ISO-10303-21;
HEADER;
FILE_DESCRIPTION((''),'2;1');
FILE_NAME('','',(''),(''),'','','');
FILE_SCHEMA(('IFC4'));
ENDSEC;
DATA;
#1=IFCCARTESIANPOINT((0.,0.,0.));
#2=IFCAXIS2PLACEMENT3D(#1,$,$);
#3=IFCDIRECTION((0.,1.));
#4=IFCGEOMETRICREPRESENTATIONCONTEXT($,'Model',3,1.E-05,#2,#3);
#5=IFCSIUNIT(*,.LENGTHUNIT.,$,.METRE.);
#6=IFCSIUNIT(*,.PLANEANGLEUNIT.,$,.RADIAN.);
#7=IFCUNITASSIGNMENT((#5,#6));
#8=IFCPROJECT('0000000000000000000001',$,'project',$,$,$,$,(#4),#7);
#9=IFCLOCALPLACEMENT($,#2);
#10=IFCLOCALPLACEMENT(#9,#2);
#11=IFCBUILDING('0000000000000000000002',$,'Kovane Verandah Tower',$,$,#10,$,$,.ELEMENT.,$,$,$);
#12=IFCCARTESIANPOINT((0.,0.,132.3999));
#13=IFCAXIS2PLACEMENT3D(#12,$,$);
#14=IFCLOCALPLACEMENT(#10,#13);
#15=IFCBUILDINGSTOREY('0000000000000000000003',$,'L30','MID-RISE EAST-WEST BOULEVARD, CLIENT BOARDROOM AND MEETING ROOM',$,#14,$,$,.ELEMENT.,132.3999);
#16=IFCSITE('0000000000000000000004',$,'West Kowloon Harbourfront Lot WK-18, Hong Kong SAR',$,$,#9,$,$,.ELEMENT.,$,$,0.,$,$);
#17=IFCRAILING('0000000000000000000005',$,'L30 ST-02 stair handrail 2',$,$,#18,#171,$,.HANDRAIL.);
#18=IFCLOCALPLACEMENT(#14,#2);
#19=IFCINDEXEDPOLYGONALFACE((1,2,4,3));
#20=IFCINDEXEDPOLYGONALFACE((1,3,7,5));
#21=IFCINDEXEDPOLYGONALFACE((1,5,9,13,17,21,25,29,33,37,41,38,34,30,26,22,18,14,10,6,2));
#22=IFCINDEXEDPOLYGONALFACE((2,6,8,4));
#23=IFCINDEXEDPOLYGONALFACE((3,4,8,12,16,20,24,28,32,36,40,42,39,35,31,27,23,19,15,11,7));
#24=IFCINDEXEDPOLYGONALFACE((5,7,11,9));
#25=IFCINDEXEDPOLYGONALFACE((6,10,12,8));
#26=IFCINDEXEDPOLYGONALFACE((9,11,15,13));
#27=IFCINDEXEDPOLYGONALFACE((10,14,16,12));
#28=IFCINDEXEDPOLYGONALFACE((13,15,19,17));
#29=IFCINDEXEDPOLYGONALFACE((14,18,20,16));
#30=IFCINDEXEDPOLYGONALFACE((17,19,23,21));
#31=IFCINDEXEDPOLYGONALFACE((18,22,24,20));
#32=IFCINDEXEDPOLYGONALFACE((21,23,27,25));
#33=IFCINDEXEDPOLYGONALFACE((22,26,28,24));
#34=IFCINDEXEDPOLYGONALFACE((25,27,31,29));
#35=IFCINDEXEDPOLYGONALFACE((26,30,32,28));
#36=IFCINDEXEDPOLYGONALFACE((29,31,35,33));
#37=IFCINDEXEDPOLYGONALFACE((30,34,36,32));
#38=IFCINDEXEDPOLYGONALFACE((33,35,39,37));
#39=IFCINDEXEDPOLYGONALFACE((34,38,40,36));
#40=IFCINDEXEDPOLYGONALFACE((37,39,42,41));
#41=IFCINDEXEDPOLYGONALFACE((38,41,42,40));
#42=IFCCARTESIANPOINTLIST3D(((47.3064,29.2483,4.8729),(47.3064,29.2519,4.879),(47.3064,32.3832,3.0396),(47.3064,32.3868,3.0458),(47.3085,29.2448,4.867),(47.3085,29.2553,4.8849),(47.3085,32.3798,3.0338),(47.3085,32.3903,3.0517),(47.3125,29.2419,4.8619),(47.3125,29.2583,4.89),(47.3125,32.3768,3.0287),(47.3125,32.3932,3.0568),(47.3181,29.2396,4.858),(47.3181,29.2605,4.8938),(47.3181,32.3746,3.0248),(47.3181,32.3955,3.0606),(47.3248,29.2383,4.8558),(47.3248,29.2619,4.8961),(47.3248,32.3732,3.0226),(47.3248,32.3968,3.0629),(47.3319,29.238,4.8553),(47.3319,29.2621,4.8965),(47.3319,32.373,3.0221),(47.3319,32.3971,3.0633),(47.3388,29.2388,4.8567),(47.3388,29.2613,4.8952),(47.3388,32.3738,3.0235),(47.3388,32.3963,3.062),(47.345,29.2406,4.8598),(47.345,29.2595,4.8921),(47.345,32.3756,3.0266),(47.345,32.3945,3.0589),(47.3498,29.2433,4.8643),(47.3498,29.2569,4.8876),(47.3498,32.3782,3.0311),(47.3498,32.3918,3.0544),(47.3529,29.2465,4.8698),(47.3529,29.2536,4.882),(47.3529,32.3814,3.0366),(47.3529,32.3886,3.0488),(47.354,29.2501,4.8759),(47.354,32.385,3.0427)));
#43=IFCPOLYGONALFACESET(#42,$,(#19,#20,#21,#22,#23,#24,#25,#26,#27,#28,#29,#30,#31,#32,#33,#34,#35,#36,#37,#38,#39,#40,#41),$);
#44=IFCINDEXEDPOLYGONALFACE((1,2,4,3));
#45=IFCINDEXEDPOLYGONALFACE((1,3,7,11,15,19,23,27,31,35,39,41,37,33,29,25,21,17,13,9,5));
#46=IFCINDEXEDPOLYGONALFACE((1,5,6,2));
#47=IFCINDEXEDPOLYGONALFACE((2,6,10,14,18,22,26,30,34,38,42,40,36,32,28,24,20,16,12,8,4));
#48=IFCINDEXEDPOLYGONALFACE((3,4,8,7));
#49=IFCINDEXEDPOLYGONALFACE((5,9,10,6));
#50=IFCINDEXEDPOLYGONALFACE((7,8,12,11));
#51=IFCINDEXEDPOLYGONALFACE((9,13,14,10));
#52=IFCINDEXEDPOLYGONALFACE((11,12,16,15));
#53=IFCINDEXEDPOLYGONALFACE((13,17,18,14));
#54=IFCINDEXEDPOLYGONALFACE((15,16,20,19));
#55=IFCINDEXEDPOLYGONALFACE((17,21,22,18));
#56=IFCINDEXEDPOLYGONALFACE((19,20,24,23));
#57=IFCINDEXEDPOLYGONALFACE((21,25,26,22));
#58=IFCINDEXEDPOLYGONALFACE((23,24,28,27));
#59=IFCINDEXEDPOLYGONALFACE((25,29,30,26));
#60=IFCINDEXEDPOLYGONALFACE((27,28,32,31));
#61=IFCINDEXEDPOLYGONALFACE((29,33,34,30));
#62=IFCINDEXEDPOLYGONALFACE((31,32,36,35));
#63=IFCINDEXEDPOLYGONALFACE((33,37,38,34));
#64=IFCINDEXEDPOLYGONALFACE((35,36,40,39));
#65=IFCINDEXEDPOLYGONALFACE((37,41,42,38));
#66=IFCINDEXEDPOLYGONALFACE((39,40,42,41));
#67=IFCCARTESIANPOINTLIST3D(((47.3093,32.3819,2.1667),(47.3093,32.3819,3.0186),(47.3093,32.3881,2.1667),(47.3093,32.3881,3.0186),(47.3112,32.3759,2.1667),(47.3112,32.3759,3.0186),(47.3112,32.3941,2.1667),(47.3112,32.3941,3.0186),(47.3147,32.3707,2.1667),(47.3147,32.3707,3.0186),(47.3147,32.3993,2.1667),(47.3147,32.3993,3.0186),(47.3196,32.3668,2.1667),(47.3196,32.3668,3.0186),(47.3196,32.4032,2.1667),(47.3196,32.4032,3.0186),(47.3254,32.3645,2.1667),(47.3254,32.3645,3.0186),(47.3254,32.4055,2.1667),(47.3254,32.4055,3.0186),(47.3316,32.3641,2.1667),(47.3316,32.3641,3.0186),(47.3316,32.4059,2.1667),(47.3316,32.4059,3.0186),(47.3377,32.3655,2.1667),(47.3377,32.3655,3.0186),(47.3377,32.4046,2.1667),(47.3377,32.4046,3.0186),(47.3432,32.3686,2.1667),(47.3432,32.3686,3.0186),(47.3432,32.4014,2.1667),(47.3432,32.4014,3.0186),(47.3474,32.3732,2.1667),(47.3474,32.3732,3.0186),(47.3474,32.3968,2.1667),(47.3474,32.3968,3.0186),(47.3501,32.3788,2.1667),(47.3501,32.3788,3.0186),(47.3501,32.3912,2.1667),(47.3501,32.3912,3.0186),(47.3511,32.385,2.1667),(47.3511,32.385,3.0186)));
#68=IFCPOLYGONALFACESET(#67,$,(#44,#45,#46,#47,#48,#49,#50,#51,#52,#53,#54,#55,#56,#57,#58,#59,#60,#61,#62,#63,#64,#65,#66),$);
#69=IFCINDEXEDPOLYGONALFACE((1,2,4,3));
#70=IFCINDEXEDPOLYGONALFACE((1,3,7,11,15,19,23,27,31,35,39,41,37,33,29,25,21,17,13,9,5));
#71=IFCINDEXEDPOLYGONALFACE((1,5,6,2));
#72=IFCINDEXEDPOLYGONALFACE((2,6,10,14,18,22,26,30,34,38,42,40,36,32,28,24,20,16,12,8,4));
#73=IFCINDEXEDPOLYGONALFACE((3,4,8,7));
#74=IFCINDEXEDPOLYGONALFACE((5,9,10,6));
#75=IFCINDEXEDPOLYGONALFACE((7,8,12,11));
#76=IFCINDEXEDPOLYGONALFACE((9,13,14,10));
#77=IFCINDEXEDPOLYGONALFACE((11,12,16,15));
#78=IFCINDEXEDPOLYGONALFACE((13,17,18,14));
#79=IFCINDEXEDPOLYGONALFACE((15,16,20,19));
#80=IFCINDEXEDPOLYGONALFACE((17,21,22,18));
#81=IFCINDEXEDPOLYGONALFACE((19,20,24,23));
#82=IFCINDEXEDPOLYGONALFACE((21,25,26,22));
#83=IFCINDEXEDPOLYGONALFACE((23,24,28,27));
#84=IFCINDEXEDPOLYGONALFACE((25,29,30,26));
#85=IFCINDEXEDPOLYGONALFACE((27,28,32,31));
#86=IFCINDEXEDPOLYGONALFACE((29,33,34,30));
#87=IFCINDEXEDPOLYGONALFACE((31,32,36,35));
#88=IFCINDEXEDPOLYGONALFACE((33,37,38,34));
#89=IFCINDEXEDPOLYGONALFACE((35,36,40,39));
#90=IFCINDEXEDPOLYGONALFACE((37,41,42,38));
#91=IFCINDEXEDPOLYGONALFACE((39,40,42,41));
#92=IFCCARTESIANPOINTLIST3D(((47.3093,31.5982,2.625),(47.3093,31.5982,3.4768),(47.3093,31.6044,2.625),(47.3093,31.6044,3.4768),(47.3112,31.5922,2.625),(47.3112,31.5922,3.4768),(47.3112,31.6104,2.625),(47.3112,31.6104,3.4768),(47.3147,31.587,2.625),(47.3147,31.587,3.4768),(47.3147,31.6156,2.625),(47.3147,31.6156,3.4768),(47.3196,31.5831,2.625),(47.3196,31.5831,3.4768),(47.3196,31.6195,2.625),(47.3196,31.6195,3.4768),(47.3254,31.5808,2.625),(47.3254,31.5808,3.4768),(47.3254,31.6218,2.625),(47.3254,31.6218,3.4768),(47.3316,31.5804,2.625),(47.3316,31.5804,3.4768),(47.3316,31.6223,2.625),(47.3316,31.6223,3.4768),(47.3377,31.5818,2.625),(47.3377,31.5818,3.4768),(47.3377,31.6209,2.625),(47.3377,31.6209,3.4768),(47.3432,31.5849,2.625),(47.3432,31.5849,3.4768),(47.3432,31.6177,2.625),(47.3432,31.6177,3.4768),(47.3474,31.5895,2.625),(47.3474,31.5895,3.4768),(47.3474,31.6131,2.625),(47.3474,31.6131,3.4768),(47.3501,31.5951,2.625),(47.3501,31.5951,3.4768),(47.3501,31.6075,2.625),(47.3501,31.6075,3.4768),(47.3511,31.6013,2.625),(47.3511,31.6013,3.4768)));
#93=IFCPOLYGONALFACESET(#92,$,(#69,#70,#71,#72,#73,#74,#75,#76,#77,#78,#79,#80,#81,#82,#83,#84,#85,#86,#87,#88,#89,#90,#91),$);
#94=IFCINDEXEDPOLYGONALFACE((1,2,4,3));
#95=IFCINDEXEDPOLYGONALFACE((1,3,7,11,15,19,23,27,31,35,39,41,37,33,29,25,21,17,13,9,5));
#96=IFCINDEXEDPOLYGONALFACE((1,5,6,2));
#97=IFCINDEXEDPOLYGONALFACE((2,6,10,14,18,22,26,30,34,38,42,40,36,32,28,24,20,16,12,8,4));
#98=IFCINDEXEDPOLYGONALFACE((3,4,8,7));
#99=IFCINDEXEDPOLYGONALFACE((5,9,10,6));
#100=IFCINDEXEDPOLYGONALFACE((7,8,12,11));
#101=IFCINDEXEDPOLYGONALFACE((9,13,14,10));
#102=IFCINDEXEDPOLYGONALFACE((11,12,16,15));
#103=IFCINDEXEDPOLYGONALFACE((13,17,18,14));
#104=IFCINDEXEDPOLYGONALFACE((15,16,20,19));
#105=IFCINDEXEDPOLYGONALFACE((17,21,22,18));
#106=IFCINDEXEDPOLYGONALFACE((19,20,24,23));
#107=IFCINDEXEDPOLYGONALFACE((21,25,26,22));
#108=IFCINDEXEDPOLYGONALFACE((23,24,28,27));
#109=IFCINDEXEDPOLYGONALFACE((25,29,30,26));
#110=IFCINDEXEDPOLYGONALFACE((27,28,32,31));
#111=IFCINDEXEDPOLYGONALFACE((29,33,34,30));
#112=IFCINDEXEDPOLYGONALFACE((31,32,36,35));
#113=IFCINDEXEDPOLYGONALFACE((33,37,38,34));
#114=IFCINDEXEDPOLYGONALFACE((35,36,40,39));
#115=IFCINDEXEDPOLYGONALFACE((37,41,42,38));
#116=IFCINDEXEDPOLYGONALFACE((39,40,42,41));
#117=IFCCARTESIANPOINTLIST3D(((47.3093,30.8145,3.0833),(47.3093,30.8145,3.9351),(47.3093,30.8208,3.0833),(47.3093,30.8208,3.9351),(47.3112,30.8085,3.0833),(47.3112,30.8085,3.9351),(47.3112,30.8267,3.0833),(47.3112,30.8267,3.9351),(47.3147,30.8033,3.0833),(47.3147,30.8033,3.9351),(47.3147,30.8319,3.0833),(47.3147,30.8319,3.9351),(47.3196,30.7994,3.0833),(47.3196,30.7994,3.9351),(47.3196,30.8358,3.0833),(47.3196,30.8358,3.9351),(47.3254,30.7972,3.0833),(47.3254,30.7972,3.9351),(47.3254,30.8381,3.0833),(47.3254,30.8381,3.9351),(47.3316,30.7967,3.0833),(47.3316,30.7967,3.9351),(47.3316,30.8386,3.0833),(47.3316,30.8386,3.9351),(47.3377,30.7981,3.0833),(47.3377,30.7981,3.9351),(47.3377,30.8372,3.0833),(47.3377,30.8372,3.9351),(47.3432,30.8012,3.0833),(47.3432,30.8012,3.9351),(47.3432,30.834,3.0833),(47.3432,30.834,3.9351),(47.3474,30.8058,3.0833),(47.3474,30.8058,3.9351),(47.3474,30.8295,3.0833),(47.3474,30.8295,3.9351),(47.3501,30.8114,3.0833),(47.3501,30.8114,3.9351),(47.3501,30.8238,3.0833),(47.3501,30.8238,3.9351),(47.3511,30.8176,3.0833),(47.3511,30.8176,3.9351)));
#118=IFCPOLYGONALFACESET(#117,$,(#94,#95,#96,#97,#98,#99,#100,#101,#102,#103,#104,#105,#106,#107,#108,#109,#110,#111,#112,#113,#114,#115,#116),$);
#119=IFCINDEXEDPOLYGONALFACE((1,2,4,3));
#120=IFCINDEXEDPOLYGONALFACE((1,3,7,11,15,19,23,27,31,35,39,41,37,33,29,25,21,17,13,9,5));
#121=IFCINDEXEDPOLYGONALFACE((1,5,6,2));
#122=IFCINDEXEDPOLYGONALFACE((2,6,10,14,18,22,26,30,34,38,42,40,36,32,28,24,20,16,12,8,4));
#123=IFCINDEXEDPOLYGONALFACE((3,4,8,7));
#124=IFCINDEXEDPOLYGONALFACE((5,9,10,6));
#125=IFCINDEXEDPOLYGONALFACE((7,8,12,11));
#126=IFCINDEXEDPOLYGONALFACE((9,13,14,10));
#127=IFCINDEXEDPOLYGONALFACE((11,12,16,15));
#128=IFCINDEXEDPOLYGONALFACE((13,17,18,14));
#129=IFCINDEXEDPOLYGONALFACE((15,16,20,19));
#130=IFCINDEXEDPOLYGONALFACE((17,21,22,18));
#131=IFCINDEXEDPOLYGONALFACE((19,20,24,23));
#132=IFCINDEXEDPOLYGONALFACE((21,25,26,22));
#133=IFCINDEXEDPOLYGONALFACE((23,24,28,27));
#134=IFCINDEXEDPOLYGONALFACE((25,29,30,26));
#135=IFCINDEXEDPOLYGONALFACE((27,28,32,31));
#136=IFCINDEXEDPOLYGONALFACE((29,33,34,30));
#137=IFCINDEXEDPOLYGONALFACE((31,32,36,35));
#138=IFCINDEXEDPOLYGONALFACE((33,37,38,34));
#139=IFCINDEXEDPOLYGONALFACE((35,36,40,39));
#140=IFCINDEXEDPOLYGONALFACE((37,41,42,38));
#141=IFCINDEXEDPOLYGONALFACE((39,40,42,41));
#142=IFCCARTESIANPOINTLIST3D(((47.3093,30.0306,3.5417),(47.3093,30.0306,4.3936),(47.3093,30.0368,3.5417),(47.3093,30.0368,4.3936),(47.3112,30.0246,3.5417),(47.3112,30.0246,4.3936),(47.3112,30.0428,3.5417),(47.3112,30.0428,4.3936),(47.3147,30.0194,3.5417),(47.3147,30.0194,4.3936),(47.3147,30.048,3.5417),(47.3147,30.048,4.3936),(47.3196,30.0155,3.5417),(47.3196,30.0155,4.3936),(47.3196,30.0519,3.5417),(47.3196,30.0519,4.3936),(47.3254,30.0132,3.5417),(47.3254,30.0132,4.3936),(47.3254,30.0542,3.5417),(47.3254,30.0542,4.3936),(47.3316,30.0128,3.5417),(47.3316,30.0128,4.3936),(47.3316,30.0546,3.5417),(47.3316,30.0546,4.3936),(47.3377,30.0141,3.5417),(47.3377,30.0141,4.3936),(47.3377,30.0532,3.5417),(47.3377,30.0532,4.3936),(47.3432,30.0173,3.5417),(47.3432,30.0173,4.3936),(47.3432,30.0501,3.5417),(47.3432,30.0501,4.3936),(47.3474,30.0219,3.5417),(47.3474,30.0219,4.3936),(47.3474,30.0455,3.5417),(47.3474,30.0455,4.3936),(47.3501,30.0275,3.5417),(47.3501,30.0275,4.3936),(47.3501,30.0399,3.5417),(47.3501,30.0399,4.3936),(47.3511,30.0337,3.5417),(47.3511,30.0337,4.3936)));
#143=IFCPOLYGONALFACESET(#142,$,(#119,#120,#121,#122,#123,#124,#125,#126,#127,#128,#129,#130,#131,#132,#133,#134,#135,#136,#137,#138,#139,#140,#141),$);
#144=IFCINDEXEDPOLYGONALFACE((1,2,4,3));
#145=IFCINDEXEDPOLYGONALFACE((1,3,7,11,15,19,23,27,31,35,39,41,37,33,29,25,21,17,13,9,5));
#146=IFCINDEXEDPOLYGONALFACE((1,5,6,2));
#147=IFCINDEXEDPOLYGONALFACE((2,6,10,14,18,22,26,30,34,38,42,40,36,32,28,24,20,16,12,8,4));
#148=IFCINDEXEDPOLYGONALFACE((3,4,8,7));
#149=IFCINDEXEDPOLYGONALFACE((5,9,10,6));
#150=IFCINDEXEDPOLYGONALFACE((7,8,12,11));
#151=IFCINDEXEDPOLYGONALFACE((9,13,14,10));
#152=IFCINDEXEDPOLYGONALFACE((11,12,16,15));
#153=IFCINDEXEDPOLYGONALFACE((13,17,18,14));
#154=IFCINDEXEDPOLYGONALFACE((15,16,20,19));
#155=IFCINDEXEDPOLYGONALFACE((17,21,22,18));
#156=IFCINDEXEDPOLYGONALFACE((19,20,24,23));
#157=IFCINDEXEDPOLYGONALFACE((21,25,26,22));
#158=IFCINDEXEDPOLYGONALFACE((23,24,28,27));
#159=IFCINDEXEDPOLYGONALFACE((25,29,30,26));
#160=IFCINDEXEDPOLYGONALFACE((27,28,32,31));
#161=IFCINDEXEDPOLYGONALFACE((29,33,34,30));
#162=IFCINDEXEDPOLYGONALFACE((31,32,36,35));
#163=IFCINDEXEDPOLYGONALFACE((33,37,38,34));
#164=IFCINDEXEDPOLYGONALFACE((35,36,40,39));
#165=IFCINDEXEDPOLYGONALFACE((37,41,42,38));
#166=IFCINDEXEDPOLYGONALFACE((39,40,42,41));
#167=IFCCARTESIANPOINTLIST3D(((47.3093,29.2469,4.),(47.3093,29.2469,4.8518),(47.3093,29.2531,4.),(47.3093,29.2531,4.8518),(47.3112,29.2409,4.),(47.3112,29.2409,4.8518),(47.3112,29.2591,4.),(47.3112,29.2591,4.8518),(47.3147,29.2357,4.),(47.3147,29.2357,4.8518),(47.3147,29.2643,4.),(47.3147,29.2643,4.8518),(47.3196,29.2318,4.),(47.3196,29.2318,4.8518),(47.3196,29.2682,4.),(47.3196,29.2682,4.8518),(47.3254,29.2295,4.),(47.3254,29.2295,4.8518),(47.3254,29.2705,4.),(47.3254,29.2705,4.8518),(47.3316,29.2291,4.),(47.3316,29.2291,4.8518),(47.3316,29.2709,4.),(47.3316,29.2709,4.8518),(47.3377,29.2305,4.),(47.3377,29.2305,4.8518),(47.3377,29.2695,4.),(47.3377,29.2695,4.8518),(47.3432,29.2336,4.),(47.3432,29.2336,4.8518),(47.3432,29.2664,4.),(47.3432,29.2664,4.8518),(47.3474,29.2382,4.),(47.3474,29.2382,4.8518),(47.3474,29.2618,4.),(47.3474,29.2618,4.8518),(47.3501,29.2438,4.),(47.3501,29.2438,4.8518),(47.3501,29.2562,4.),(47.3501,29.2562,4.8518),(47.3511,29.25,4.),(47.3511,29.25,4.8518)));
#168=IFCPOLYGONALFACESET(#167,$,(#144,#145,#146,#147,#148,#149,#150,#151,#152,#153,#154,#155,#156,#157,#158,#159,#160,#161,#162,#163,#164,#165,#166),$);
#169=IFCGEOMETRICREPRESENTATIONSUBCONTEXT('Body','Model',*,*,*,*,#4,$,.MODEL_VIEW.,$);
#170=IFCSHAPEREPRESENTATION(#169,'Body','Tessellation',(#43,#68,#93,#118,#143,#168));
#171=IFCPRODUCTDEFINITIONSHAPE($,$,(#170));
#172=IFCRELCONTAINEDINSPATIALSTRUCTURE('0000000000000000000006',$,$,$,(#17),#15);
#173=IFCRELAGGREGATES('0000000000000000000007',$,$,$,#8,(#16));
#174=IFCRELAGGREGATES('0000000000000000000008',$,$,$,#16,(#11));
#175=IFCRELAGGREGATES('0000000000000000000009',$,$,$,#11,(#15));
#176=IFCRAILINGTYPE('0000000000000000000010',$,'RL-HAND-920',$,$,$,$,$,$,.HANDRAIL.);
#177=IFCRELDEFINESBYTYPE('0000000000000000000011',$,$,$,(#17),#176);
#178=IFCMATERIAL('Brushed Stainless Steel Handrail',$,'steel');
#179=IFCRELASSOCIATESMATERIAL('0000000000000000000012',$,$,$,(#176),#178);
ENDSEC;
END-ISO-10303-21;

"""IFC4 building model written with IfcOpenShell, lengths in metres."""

from ifc_helpers import new_model, si_unit, direction, frame, origin, origin_2d, place, context, subcontext, project, spatial, circle, extrude, material, type_object, element, save


model = new_model("IFC4")

# Units and contexts
model_context = context("Model", 3, precision=1e-05, world=origin(), true_north=direction((0.0, 1.0)))
body_context = subcontext(model_context, "Body", "Model", "MODEL_VIEW")
ifc_project = project(units=[si_unit("LENGTHUNIT", "METRE"), si_unit("PLANEANGLEUNIT", "RADIAN")], contexts=[model_context])

# Site, building, storey
site_placement = place(None, origin())
site = spatial("IfcSite", under=ifc_project, at=site_placement, Name="West Kowloon Harbourfront Lot WK-18, Hong Kong SAR", CompositionType="ELEMENT", RefElevation=0.0)
building_placement = place(site_placement, origin())
building = spatial("IfcBuilding", under=site, at=building_placement, Name="Kovane Verandah Tower", CompositionType="ELEMENT")
storey_placement = place(building_placement, frame((0.0, 0.0, 132.3999)))
storey = spatial("IfcBuildingStorey", under=building, at=storey_placement, Name="L30", Description="MID-RISE EAST-WEST BOULEVARD, CLIENT BOARDROOM AND MEETING ROOM", CompositionType="ELEMENT", Elevation=132.3999)

# Railing
ifc_material_1 = material(Name="Brushed Stainless Steel Handrail", Category="steel")
railing_type_1 = type_object("IfcRailingType", Name="RL-HAND-920", PredefinedType="HANDRAIL", material=ifc_material_1)
railing_1_placement = place(storey_placement, frame((47.3301, 32.385, 2.1667)))
element("IfcRailing", 1, at=railing_1_placement, inside=storey, type_object=railing_type_1, Name="L30 ST-02 stair handrail 2", PredefinedType="HANDRAIL", context=body_context, shape_type="SweptSolid", body=[
    extrude(circle(Radius=0.0239, at=origin_2d()), frame((0.0, 0.0, 0.876), z_axis=(0.0, -0.86324, 0.504794), x_axis=(1.0, 0.0, 0.0)), (0.0, 0.0, 1.0), 3.6316),
    extrude(circle(Radius=0.021, at=origin_2d()), origin(), (0.0, 0.0, 1.0), 0.8518),
    extrude(circle(Radius=0.021, at=origin_2d()), frame((0.0, -0.7837, 0.4583)), (0.0, 0.0, 1.0), 0.8518),
    extrude(circle(Radius=0.021, at=origin_2d()), frame((0.0, -1.5674, 0.9165)), (0.0, 0.0, 1.0), 0.8518),
    extrude(circle(Radius=0.021, at=origin_2d()), frame((0.0, -2.3513, 1.375)), (0.0, 0.0, 1.0), 0.8518),
    extrude(circle(Radius=0.021, at=origin_2d()), frame((0.0, -3.135, 1.8333)), (0.0, 0.0, 1.0), 0.8518),
])

save(model, "model.ifc")
